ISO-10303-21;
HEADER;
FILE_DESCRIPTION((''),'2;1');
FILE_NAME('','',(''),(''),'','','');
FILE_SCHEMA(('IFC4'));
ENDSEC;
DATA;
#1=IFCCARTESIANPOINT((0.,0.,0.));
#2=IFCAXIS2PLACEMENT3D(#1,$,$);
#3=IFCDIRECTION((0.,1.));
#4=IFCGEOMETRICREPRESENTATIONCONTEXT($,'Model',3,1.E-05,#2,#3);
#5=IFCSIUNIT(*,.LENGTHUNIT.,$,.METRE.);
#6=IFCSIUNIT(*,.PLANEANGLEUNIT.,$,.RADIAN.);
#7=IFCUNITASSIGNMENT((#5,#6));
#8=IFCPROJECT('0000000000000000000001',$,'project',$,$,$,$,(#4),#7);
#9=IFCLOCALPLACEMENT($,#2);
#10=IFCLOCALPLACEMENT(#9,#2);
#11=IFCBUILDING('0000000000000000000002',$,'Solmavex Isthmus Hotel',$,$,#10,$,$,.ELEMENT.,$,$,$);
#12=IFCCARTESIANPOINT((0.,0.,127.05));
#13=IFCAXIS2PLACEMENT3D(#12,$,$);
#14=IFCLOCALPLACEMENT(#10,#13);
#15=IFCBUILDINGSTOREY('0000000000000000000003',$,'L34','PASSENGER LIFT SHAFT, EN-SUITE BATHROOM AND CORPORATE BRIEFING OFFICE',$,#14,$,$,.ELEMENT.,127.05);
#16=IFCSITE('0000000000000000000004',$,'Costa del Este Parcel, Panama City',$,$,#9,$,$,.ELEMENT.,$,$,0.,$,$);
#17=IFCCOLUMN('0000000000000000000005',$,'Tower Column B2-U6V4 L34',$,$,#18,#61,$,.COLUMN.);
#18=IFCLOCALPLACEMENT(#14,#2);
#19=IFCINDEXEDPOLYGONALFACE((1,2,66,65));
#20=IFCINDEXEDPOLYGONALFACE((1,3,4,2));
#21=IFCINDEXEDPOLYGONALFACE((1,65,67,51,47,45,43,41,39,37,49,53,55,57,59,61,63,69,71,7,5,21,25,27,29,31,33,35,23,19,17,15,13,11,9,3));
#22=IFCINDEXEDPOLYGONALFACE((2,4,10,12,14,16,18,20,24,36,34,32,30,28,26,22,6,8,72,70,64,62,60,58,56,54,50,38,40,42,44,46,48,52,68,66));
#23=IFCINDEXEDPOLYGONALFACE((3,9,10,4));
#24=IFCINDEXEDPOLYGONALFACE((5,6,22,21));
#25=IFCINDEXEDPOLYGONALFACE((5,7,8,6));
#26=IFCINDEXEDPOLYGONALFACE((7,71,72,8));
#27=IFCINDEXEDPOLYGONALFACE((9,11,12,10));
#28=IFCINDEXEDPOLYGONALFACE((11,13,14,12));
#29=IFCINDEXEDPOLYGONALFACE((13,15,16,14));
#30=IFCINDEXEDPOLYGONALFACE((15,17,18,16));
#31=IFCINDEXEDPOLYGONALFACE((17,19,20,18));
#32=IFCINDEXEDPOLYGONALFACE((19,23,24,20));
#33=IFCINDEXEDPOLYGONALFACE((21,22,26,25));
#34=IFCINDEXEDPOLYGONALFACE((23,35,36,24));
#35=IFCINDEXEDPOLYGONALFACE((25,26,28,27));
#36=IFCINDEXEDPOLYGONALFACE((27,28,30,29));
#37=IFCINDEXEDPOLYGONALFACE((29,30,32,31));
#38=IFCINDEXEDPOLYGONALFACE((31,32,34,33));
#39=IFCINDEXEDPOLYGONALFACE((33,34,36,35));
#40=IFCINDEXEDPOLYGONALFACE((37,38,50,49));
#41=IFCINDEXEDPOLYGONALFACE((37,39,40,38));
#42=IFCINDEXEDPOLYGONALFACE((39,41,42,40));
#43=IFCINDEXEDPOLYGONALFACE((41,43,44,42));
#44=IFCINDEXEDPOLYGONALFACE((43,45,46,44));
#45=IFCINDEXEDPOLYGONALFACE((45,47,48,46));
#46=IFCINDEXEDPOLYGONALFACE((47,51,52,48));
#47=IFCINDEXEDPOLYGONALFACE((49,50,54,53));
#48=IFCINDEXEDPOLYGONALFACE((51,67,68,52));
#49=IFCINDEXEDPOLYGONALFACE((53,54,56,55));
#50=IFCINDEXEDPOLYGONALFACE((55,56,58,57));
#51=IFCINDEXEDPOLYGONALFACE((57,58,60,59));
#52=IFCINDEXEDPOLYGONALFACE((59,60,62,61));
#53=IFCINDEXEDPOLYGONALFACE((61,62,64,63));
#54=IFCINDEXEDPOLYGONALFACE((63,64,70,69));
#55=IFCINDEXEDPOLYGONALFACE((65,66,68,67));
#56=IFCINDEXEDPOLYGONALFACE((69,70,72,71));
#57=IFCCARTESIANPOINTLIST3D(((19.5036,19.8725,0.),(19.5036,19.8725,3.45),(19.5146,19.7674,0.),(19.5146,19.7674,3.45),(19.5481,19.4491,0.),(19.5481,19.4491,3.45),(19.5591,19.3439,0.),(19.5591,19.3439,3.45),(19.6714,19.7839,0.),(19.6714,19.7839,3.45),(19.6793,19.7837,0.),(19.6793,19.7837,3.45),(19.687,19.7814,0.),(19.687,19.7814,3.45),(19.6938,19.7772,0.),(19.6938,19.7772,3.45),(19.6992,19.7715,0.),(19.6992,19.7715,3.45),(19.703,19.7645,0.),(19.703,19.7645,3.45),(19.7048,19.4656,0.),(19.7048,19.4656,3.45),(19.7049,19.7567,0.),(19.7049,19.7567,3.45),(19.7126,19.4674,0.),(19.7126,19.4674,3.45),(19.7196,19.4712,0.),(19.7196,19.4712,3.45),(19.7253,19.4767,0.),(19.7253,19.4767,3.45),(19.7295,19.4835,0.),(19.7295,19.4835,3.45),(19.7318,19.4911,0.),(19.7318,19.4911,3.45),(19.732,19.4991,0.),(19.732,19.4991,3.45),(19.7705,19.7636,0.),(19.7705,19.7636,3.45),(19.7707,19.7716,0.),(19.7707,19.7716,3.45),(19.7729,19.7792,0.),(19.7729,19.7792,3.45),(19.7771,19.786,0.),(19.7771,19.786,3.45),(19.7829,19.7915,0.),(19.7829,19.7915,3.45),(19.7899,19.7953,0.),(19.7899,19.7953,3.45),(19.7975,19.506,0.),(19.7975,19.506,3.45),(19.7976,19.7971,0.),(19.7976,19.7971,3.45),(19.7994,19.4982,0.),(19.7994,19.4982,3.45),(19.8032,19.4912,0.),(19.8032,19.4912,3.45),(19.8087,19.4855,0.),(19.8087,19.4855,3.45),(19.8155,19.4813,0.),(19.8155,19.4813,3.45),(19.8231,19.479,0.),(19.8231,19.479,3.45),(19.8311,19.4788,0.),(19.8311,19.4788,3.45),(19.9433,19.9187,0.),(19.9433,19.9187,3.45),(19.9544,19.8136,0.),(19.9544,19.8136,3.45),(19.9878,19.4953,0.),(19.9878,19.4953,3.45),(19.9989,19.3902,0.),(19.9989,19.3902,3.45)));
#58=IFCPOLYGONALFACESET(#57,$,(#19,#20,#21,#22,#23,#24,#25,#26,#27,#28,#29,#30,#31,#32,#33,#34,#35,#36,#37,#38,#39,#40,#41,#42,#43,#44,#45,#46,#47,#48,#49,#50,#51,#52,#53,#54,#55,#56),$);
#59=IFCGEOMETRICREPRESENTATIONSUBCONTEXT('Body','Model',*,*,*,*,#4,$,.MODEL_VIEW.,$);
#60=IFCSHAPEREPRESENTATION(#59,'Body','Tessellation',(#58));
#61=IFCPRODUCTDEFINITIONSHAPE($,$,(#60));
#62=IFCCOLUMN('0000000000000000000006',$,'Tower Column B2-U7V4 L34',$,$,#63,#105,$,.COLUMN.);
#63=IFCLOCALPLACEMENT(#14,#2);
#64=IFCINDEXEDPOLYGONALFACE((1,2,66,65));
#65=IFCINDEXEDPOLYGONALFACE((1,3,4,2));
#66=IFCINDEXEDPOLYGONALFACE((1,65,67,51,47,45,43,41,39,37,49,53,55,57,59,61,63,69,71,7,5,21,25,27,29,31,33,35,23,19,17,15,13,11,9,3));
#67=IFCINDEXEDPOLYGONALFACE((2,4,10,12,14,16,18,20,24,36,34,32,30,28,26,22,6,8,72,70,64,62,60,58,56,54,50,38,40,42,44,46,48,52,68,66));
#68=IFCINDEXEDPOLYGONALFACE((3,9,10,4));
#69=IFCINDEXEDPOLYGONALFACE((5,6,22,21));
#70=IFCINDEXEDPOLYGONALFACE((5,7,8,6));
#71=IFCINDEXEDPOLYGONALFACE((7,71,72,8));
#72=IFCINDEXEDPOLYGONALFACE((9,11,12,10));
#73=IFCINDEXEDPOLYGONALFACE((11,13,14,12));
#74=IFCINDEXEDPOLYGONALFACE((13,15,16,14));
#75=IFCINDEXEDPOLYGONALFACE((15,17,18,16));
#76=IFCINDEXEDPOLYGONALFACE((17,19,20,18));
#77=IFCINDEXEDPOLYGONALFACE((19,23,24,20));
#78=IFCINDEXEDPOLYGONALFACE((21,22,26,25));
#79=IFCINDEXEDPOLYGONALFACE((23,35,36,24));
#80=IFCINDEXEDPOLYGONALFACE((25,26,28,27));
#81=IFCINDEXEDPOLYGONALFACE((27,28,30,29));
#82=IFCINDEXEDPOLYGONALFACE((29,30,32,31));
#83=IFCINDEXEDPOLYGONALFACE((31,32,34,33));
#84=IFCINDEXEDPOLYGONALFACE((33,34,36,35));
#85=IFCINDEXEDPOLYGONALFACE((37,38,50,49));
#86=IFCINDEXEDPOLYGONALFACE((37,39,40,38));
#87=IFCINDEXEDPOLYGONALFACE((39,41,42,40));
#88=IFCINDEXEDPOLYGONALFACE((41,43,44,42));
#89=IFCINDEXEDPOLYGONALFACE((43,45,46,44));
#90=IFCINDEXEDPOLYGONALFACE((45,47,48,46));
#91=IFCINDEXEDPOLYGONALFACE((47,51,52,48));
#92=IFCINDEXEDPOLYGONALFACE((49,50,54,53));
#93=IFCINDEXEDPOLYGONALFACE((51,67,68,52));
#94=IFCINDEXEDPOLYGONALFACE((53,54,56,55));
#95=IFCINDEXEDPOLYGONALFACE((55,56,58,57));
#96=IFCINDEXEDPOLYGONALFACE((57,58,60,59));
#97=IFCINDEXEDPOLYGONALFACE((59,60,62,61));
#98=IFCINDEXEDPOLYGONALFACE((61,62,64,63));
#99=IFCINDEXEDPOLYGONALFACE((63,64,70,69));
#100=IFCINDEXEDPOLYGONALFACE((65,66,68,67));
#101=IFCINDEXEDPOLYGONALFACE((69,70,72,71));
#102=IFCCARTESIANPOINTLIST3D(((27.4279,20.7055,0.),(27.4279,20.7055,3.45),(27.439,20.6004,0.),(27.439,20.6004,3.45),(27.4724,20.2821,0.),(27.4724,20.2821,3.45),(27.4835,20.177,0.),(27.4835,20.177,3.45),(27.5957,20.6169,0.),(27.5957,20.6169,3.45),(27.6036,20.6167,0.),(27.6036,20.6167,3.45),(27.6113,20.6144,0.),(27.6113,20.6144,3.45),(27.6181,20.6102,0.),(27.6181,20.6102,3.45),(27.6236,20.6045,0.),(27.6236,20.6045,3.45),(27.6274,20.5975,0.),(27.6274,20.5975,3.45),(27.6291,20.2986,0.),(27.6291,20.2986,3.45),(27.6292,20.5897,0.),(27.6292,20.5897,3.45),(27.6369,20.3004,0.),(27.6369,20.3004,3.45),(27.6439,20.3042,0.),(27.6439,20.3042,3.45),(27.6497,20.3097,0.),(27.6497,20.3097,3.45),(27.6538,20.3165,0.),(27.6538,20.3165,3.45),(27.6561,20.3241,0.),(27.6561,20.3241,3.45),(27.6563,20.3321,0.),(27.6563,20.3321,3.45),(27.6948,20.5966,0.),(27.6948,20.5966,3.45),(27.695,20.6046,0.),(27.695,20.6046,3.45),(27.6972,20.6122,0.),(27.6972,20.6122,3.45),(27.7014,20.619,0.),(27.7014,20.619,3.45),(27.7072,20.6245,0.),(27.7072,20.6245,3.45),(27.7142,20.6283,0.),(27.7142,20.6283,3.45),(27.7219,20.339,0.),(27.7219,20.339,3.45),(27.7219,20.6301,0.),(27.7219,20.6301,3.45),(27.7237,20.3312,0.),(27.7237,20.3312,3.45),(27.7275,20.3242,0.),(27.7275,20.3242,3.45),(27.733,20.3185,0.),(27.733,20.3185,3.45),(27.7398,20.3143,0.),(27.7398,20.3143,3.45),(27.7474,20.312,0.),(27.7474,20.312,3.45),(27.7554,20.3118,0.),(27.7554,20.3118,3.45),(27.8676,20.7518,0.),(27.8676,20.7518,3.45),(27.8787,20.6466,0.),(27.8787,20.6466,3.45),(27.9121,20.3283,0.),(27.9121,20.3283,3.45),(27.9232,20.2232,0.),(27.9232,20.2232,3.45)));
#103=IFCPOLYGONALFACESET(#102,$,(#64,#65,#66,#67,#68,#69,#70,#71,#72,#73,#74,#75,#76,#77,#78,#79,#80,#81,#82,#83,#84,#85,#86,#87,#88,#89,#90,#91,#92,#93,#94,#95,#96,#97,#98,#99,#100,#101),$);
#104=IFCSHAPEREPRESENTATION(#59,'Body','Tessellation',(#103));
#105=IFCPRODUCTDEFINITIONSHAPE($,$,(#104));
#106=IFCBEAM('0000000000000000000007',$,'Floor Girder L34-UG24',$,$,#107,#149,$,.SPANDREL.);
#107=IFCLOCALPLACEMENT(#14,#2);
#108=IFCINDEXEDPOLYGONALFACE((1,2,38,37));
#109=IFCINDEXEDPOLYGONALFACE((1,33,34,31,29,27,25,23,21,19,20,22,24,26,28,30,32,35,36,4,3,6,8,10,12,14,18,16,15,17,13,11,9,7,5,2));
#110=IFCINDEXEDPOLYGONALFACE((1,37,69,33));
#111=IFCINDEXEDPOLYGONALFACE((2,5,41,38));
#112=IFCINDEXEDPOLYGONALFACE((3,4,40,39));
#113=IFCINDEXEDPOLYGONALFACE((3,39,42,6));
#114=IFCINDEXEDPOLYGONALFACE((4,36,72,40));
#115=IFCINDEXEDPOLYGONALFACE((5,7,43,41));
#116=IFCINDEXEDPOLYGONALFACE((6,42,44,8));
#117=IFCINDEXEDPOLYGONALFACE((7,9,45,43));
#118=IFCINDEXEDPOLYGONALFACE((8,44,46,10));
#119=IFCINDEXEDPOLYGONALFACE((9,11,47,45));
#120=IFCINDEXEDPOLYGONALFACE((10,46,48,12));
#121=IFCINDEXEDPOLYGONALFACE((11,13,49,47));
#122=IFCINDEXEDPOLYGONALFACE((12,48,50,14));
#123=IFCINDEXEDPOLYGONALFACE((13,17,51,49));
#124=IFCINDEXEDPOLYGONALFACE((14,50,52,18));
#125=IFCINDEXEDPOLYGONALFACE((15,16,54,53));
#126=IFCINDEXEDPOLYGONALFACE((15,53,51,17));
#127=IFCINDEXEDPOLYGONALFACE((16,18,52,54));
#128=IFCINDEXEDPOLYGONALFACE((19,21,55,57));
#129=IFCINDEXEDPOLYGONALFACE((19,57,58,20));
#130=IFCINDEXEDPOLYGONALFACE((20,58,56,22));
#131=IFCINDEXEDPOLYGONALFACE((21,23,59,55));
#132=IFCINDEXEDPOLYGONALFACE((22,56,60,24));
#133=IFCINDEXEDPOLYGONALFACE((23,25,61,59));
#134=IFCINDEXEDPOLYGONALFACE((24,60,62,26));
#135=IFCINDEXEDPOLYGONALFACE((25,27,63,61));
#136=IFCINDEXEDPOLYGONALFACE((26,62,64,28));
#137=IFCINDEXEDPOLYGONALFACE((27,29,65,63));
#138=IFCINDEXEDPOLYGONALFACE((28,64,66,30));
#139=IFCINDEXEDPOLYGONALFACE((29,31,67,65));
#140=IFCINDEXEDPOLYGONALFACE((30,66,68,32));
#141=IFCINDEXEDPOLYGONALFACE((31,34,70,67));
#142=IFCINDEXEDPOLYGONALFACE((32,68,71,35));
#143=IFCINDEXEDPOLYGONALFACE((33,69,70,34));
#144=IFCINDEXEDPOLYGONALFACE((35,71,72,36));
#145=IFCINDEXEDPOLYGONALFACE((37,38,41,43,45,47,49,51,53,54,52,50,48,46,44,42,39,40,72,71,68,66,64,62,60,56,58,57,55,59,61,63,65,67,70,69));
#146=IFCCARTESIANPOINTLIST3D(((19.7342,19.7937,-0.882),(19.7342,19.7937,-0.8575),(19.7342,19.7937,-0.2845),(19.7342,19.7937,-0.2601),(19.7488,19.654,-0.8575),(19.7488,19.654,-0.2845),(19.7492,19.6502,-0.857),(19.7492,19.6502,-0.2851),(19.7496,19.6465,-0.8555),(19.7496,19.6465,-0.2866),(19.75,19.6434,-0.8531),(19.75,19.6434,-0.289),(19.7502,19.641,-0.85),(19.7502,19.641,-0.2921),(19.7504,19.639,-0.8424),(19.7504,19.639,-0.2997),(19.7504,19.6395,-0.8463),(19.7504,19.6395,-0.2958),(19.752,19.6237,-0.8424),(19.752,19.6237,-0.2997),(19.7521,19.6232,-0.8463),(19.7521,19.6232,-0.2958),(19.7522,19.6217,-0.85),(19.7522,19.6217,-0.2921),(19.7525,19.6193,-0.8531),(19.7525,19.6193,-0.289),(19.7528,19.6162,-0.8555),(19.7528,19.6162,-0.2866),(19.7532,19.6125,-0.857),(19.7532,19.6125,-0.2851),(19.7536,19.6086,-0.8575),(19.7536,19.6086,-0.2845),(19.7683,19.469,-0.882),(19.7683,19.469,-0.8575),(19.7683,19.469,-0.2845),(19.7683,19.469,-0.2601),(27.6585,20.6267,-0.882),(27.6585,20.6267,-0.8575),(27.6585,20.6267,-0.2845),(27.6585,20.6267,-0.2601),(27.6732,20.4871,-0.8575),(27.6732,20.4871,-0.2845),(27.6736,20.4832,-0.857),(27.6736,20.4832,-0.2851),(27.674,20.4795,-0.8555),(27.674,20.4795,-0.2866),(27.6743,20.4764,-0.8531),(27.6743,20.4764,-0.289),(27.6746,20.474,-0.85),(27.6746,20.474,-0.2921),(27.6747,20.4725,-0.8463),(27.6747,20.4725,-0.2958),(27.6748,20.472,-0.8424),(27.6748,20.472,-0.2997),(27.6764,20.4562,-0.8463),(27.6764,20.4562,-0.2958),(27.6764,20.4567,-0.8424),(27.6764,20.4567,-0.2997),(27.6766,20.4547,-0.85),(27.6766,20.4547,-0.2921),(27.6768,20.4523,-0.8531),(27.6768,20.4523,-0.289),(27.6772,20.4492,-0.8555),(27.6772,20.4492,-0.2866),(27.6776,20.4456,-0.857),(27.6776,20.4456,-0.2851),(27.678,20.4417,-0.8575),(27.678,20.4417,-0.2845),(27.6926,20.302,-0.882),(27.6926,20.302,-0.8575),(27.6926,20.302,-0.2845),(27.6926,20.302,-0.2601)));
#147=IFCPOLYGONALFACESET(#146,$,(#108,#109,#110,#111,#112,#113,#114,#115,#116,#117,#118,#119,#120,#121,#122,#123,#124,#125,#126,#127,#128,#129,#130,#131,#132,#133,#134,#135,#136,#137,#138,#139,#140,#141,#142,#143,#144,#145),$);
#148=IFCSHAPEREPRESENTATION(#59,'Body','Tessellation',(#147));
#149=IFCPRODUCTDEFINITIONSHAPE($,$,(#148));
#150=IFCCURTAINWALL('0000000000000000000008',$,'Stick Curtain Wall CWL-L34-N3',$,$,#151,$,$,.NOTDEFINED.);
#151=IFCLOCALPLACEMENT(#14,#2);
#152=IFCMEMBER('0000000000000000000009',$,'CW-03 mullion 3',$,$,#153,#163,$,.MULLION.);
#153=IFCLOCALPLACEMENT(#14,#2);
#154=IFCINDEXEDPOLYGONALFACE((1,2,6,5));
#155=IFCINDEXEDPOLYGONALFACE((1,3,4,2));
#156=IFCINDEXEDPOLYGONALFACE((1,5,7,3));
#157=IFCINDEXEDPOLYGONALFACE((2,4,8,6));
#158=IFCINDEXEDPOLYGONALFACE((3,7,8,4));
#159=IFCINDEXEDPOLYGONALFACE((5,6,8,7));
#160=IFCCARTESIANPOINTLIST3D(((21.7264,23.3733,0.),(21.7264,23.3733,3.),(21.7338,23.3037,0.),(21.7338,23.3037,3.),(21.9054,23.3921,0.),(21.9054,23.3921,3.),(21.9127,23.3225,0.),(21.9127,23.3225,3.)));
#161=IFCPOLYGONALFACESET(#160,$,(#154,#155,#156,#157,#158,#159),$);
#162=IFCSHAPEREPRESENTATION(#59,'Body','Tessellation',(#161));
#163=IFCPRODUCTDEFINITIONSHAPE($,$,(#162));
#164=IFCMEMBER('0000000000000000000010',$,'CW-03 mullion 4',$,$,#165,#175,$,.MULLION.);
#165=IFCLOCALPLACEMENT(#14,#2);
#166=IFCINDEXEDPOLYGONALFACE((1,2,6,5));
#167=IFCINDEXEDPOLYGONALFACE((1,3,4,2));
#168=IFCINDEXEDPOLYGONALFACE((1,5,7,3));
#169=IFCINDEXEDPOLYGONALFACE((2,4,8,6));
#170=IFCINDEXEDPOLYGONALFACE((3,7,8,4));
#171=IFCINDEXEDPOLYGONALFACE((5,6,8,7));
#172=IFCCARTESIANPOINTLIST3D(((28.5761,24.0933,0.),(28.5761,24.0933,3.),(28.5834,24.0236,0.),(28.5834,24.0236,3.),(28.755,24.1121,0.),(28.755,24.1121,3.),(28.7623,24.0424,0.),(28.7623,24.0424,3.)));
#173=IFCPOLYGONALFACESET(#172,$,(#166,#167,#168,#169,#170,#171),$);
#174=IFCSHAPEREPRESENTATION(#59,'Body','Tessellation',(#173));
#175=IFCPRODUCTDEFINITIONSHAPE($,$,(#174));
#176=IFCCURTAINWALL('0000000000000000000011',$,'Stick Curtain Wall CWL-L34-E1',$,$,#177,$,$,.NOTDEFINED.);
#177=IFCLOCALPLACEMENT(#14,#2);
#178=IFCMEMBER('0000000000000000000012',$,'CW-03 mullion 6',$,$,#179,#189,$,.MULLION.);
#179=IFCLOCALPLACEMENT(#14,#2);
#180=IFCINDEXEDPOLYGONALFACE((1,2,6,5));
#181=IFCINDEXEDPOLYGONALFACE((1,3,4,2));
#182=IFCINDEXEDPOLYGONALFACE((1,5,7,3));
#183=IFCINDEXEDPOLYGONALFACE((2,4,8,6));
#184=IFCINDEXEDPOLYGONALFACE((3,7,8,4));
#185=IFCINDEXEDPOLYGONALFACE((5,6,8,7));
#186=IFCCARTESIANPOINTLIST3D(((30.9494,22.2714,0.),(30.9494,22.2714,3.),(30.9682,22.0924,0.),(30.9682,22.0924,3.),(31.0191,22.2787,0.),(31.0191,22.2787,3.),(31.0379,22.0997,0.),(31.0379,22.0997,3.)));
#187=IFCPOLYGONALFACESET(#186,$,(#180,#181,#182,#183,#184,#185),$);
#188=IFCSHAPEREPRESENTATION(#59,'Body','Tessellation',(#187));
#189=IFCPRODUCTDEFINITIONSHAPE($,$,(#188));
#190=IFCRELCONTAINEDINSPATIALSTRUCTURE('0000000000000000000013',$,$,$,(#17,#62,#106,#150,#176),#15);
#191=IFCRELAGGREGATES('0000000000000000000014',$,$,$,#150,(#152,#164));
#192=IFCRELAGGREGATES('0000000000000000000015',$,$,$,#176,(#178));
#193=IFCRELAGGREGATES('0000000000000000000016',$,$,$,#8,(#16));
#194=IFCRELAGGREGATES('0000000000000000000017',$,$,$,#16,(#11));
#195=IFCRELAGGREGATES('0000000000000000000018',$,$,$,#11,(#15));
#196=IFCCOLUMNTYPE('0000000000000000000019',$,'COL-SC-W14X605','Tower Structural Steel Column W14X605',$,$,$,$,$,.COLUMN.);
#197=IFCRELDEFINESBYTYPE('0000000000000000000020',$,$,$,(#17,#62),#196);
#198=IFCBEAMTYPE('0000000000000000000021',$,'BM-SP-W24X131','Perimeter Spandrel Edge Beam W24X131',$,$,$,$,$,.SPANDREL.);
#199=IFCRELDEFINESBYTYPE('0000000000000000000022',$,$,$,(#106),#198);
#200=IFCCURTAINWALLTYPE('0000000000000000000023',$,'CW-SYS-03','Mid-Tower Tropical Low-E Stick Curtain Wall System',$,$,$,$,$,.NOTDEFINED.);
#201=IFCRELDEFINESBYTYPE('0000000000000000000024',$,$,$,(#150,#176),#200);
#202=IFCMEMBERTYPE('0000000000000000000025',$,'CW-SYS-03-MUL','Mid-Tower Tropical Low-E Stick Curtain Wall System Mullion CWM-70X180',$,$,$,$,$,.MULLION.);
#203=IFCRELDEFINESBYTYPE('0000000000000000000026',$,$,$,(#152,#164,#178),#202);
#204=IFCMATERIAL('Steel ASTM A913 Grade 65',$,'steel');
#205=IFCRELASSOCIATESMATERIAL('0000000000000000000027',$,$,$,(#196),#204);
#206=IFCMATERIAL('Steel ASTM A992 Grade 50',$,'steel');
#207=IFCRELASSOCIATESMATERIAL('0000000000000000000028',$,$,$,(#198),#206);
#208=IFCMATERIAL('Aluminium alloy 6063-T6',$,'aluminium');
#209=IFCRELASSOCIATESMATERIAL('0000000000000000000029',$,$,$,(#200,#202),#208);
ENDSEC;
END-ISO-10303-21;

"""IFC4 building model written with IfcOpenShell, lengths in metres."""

from ifc_helpers import new_model, si_unit, direction, frame, origin, origin_2d, place, context, subcontext, project, spatial, rectangle, i_section, extrude, material, material_profile, profile_set, type_object, element, aggregate, save


model = new_model("IFC4")

# Units and contexts
model_context = context("Model", 3, precision=1e-05, world=origin(), true_north=direction((0.0, 1.0)))
body_context = subcontext(model_context, "Body", "Model", "MODEL_VIEW")
ifc_project = project(units=[si_unit("LENGTHUNIT", "METRE"), si_unit("PLANEANGLEUNIT", "RADIAN")], contexts=[model_context])

# Site, building, storey
site_placement = place(None, origin())
site = spatial("IfcSite", under=ifc_project, at=site_placement, Name="Costa del Este Parcel, Panama City", CompositionType="ELEMENT", RefElevation=0.0)
building_placement = place(site_placement, origin())
building = spatial("IfcBuilding", under=site, at=building_placement, Name="Solmavex Isthmus Hotel", CompositionType="ELEMENT")
storey_placement = place(building_placement, frame((0.0, 0.0, 127.05)))
storey = spatial("IfcBuildingStorey", under=building, at=storey_placement, Name="L34", Description="PASSENGER LIFT SHAFT, EN-SUITE BATHROOM AND CORPORATE BRIEFING OFFICE", CompositionType="ELEMENT", Elevation=127.05)

# Columns
ifc_material_1 = material(Name="Steel ASTM A913 Grade 65", Category="steel")
ifc_material_profile_1 = material_profile(ifc_material_1, i_section(OverallWidth=0.4421, OverallDepth=0.5315, WebThickness=0.0659, FlangeThickness=0.1057, FilletRadius=0.0305, at=origin_2d()), Name="W14X605")
ifc_profile_set_1 = profile_set([ifc_material_profile_1], Name="Steel ASTM A913 Grade 65")
column_type = type_object("IfcColumnType", Name="COL-SC-W14X605", Description="Tower Structural Steel Column W14X605", PredefinedType="COLUMN", material=ifc_profile_set_1)
for number, where, z_axis, x_axis, name in (
    (1, (19.7512, 19.6313, 0.0), (0.0, 0.0, 1.0), (0.994522, 0.104528, 0.0), "Tower Column B2-U6V4 L34"),
    (2, (27.6755, 20.4644, 0.0), (0.0, 0.0, 1.0), (0.994522, 0.104528, 0.0), "Tower Column B2-U7V4 L34"),
):
    element("IfcColumn", number, at=place(storey_placement, frame(where, z_axis=z_axis, x_axis=x_axis)), inside=storey, type_object=column_type, Name=name, PredefinedType="COLUMN", context=body_context, shape_type="SweptSolid", body=[
        extrude(i_section(OverallWidth=0.4421, OverallDepth=0.5315, WebThickness=0.0659, FlangeThickness=0.1057, FilletRadius=0.0305, at=origin_2d()), origin(), (0.0, 0.0, 1.0), 3.45),
    ])

# Beam
ifc_material_2 = material(Name="Steel ASTM A992 Grade 50", Category="steel")
ifc_material_profile_2 = material_profile(ifc_material_2, i_section(OverallWidth=0.3264, OverallDepth=0.6218, WebThickness=0.0154, FlangeThickness=0.0244, FilletRadius=0.0151, at=origin_2d()), Name="W24X131")
ifc_profile_set_2 = profile_set([ifc_material_profile_2], Name="Steel ASTM A992 Grade 50")
beam_type = type_object("IfcBeamType", Name="BM-SP-W24X131", Description="Perimeter Spandrel Edge Beam W24X131", PredefinedType="SPANDREL", material=ifc_profile_set_2)
beam_placement = place(storey_placement, frame((19.7512, 19.6313, -0.571), z_axis=(0.99452, 0.104544, 0.0), x_axis=(-0.104544, 0.99452, 0.0)))
element("IfcBeam", 3, at=beam_placement, inside=storey, type_object=beam_type, Name="Floor Girder L34-UG24", PredefinedType="SPANDREL", context=body_context, shape_type="SweptSolid", body=[
    extrude(i_section(OverallWidth=0.3264, OverallDepth=0.6218, WebThickness=0.0154, FlangeThickness=0.0244, FilletRadius=0.0151, at=origin_2d()), origin(), (0.0, 0.0, 1.0), 7.968),
])

# Curtain wall, members
ifc_material_3 = material(Name="Aluminium alloy 6063-T6", Category="aluminium")
curtain_wall_type = type_object("IfcCurtainWallType", Name="CW-SYS-03", Description="Mid-Tower Tropical Low-E Stick Curtain Wall System", PredefinedType="NOTDEFINED", material=ifc_material_3)
curtain_wall_1_placement = place(storey_placement, origin())
curtain_wall_1 = element("IfcCurtainWall", 4, at=curtain_wall_1_placement, inside=storey, type_object=curtain_wall_type, Name="Stick Curtain Wall CWL-L34-N3", PredefinedType="NOTDEFINED")
ifc_material_profile_3 = material_profile(ifc_material_3, rectangle(XDim=0.0701, YDim=0.1799, at=origin_2d()), Name="CWM-70X180")
ifc_profile_set_3 = profile_set([ifc_material_profile_3], Name="Aluminium alloy 6063-T6")
member_type_1 = type_object("IfcMemberType", Name="CW-SYS-03-MUL", Description="Mid-Tower Tropical Low-E Stick Curtain Wall System Mullion CWM-70X180", PredefinedType="MULLION", material=ifc_profile_set_3)
member_1_placement = place(storey_placement, frame((21.8196, 23.3479, 0.0), z_axis=(0.0, 0.0, 1.0), x_axis=(-0.104528, 0.994522, 0.0)))
member_1 = element("IfcMember", 5, at=member_1_placement, type_object=member_type_1, Name="CW-03 mullion 3", PredefinedType="MULLION", context=body_context, shape_type="SweptSolid", body=[
    extrude(rectangle(XDim=0.0701, YDim=0.1799, at=origin_2d()), origin(), (0.0, 0.0, 1.0), 3.0),
])
member_2_placement = place(storey_placement, frame((28.6692, 24.0679, 0.0), z_axis=(0.0, 0.0, 1.0), x_axis=(-0.104528, 0.994522, 0.0)))
member_2 = element("IfcMember", 6, at=member_2_placement, type_object=member_type_1, Name="CW-03 mullion 4", PredefinedType="MULLION", context=body_context, shape_type="SweptSolid", body=[
    extrude(rectangle(XDim=0.0701, YDim=0.1799, at=origin_2d()), origin(), (0.0, 0.0, 1.0), 3.0),
])

# Curtain wall, member
curtain_wall_2_placement = place(storey_placement, origin())
curtain_wall_2 = element("IfcCurtainWall", 7, at=curtain_wall_2_placement, inside=storey, type_object=curtain_wall_type, Name="Stick Curtain Wall CWL-L34-E1", PredefinedType="NOTDEFINED")
member_3_placement = place(storey_placement, frame((30.9937, 22.1855, 0.0), z_axis=(0.0, 0.0, 1.0), x_axis=(-0.994522, -0.104528, 0.0)))
member_3 = element("IfcMember", 8, at=member_3_placement, type_object=member_type_1, Name="CW-03 mullion 6", PredefinedType="MULLION", context=body_context, shape_type="SweptSolid", body=[
    extrude(rectangle(XDim=0.0701, YDim=0.1799, at=origin_2d()), origin(), (0.0, 0.0, 1.0), 3.0),
])

aggregate(curtain_wall_1, [member_1, member_2])
aggregate(curtain_wall_2, [member_3])

save(model, "model.ifc")
